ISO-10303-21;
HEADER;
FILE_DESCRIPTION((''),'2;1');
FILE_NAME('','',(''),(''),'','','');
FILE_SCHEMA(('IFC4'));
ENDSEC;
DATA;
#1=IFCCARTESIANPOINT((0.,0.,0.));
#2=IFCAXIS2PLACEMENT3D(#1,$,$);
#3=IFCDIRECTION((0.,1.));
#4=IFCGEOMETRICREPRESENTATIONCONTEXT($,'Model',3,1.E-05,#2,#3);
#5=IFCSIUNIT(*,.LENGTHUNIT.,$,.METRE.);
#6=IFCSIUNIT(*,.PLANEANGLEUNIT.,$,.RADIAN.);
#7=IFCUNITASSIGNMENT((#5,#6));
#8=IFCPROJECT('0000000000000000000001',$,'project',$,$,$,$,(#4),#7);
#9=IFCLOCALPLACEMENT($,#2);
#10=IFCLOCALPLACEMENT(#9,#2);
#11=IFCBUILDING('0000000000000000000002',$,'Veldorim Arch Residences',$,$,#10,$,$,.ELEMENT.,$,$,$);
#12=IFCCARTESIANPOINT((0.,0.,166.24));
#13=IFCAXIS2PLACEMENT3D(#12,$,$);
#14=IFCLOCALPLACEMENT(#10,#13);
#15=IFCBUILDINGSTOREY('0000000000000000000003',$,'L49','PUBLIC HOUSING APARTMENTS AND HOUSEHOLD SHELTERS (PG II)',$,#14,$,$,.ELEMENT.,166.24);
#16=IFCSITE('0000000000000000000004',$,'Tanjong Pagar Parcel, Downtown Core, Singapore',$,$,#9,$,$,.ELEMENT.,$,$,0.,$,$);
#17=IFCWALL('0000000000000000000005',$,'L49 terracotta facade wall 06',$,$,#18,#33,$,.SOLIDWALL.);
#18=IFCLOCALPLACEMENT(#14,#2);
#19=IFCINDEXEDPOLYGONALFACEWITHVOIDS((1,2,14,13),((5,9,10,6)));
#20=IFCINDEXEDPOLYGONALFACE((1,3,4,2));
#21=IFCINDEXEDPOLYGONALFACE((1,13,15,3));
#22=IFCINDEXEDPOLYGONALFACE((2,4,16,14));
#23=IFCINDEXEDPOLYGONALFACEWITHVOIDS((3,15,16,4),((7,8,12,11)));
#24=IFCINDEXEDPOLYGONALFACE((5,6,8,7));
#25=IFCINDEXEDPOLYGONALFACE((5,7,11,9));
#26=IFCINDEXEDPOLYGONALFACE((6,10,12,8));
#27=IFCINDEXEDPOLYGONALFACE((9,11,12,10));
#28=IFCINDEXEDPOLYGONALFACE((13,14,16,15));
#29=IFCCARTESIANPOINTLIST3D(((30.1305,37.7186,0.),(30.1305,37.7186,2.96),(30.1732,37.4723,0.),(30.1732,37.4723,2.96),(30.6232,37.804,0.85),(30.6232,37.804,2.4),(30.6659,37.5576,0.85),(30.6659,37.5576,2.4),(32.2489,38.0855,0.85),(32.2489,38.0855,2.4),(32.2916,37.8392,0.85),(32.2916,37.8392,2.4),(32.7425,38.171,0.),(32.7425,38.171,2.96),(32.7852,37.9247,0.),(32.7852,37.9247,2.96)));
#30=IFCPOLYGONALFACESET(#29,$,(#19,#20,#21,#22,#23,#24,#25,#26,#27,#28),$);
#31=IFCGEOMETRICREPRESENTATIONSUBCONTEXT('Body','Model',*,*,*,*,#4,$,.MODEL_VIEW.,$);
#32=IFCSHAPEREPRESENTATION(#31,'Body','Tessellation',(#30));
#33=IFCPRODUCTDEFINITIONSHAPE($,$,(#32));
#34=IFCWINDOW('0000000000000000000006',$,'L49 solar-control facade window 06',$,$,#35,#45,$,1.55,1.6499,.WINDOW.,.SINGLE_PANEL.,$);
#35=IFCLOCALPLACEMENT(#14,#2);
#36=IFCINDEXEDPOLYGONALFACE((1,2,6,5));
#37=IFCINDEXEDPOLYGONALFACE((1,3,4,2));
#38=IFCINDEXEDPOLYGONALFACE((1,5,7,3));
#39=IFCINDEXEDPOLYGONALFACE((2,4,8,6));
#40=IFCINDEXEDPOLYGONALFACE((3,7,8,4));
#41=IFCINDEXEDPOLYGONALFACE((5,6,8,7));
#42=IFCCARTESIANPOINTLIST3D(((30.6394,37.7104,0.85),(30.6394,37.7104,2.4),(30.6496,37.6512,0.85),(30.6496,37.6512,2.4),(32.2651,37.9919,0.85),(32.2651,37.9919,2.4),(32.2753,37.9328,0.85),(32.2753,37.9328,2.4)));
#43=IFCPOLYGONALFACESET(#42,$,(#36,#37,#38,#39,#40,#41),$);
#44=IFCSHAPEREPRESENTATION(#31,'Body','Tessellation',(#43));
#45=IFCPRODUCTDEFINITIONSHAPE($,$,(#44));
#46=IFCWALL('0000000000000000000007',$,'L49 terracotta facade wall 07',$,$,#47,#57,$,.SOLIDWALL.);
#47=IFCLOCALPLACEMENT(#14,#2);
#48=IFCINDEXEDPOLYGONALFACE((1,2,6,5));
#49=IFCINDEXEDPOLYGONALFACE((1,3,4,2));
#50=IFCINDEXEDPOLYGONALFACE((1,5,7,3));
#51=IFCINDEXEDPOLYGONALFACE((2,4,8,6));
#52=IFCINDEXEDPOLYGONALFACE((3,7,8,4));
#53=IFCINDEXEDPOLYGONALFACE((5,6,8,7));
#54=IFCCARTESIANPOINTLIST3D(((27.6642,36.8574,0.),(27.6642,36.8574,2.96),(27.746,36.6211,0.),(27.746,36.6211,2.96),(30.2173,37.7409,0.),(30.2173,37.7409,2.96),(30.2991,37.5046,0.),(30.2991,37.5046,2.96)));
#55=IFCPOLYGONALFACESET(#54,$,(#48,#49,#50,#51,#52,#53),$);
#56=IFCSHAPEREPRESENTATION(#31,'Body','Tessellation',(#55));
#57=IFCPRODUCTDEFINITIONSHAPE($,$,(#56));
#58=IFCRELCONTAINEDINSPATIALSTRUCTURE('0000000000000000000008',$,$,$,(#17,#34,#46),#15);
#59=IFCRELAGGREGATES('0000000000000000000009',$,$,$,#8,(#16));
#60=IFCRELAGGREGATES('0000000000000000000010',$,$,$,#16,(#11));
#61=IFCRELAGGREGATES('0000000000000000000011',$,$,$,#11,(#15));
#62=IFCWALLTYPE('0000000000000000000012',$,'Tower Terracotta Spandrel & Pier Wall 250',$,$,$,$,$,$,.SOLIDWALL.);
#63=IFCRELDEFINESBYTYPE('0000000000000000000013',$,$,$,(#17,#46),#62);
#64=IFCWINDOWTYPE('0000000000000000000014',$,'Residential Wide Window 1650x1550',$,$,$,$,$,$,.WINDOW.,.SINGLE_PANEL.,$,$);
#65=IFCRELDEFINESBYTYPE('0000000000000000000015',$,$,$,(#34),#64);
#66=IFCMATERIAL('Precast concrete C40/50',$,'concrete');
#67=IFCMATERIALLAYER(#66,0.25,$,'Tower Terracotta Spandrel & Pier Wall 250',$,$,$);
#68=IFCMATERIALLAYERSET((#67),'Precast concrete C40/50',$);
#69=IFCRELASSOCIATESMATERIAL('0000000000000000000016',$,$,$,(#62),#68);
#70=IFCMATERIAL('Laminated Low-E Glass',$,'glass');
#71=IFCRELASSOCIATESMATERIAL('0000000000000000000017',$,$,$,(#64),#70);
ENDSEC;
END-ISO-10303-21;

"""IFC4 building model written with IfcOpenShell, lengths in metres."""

from ifc_helpers import new_model, si_unit, direction, frame, frame_2d, origin, place, context, subcontext, project, spatial, rectangle, extrude, material, layer, layer_set, type_object, element, fill, save


model = new_model("IFC4")

# Units and contexts
model_context = context("Model", 3, precision=1e-05, world=origin(), true_north=direction((0.0, 1.0)))
body_context = subcontext(model_context, "Body", "Model", "MODEL_VIEW")
ifc_project = project(units=[si_unit("LENGTHUNIT", "METRE"), si_unit("PLANEANGLEUNIT", "RADIAN")], contexts=[model_context])

# Site, building, storey
site_placement = place(None, origin())
site = spatial("IfcSite", under=ifc_project, at=site_placement, Name="Tanjong Pagar Parcel, Downtown Core, Singapore", CompositionType="ELEMENT", RefElevation=0.0)
building_placement = place(site_placement, origin())
building = spatial("IfcBuilding", under=site, at=building_placement, Name="Veldorim Arch Residences", CompositionType="ELEMENT")
storey_placement = place(building_placement, frame((0.0, 0.0, 166.24)))
storey = spatial("IfcBuildingStorey", under=building, at=storey_placement, Name="L49", Description="PUBLIC HOUSING APARTMENTS AND HOUSEHOLD SHELTERS (PG II)", CompositionType="ELEMENT", Elevation=166.24)

# Wall, opening, window
ifc_material_1 = material(Name="Precast concrete C40/50", Category="concrete")
ifc_layer_1 = layer(ifc_material_1, 0.25, Name="Tower Terracotta Spandrel & Pier Wall 250")
ifc_layer_set_1 = layer_set([ifc_layer_1], Name="Precast concrete C40/50")
wall_type_1 = type_object("IfcWallType", Name="Tower Terracotta Spandrel & Pier Wall 250", PredefinedType="SOLIDWALL", material=ifc_layer_set_1)
wall_1_placement = place(storey_placement, frame((30.1519, 37.5955, 0.0), z_axis=(0.0, 0.0, 1.0), x_axis=(0.985331, 0.170653, 0.0)))
wall_1 = element("IfcWall", 1, at=wall_1_placement, inside=storey, type_object=wall_type_1, Name="L49 terracotta facade wall 06", PredefinedType="SOLIDWALL", context=body_context, shape_type="SweptSolid", body=[
    extrude(rectangle(XDim=2.6509, YDim=0.25, at=frame_2d((1.3254, 0.0))), origin(), (0.0, 0.0, 1.0), 2.96),
])
opening_1_placement = place(wall_1_placement, frame((0.5, 0.0, 0.8501)))
opening_1 = element("IfcOpeningElement", 2, at=opening_1_placement, cuts=wall_1, PredefinedType="OPENING", context=body_context, shape_type="SweptSolid", body=[
    extrude(rectangle(XDim=1.6499, YDim=1.55, at=frame_2d((0.825, 0.7749))), frame((0.0, 0.135, 0.0), z_axis=(0.0, -1.0, 0.0), x_axis=(1.0, 0.0, 0.0)), (0.0, 0.0, 1.0), 0.27),
])
ifc_material_2 = material(Name="Laminated Low-E Glass", Category="glass")
window_type = type_object("IfcWindowType", Name="Residential Wide Window 1650x1550", PartitioningType="SINGLE_PANEL", PredefinedType="WINDOW", material=ifc_material_2)
window_placement = place(opening_1_placement, origin())
window = element("IfcWindow", 3, at=window_placement, inside=storey, type_object=window_type, Name="L49 solar-control facade window 06", OverallHeight=1.55, OverallWidth=1.6499, PartitioningType="SINGLE_PANEL", PredefinedType="WINDOW", context=body_context, shape_type="SweptSolid", body=[
    extrude(rectangle(XDim=1.6499, YDim=1.55, at=frame_2d((0.825, 0.7749))), frame((0.0, 0.03, 0.0), z_axis=(0.0, -1.0, 0.0), x_axis=(1.0, 0.0, 0.0)), (0.0, 0.0, 1.0), 0.0601),
])
fill(opening_1, window)

# Wall
wall_2_placement = place(storey_placement, frame((27.7051, 36.7393, 0.0), z_axis=(0.0, 0.0, 1.0), x_axis=(0.945016, 0.327024, 0.0)))
element("IfcWall", 4, at=wall_2_placement, inside=storey, type_object=wall_type_1, Name="L49 terracotta facade wall 07", PredefinedType="SOLIDWALL", context=body_context, shape_type="SweptSolid", body=[
    extrude(rectangle(XDim=2.7017, YDim=0.25, at=frame_2d((1.3508, 0.0))), origin(), (0.0, 0.0, 1.0), 2.96),
])

save(model, "model.ifc")
